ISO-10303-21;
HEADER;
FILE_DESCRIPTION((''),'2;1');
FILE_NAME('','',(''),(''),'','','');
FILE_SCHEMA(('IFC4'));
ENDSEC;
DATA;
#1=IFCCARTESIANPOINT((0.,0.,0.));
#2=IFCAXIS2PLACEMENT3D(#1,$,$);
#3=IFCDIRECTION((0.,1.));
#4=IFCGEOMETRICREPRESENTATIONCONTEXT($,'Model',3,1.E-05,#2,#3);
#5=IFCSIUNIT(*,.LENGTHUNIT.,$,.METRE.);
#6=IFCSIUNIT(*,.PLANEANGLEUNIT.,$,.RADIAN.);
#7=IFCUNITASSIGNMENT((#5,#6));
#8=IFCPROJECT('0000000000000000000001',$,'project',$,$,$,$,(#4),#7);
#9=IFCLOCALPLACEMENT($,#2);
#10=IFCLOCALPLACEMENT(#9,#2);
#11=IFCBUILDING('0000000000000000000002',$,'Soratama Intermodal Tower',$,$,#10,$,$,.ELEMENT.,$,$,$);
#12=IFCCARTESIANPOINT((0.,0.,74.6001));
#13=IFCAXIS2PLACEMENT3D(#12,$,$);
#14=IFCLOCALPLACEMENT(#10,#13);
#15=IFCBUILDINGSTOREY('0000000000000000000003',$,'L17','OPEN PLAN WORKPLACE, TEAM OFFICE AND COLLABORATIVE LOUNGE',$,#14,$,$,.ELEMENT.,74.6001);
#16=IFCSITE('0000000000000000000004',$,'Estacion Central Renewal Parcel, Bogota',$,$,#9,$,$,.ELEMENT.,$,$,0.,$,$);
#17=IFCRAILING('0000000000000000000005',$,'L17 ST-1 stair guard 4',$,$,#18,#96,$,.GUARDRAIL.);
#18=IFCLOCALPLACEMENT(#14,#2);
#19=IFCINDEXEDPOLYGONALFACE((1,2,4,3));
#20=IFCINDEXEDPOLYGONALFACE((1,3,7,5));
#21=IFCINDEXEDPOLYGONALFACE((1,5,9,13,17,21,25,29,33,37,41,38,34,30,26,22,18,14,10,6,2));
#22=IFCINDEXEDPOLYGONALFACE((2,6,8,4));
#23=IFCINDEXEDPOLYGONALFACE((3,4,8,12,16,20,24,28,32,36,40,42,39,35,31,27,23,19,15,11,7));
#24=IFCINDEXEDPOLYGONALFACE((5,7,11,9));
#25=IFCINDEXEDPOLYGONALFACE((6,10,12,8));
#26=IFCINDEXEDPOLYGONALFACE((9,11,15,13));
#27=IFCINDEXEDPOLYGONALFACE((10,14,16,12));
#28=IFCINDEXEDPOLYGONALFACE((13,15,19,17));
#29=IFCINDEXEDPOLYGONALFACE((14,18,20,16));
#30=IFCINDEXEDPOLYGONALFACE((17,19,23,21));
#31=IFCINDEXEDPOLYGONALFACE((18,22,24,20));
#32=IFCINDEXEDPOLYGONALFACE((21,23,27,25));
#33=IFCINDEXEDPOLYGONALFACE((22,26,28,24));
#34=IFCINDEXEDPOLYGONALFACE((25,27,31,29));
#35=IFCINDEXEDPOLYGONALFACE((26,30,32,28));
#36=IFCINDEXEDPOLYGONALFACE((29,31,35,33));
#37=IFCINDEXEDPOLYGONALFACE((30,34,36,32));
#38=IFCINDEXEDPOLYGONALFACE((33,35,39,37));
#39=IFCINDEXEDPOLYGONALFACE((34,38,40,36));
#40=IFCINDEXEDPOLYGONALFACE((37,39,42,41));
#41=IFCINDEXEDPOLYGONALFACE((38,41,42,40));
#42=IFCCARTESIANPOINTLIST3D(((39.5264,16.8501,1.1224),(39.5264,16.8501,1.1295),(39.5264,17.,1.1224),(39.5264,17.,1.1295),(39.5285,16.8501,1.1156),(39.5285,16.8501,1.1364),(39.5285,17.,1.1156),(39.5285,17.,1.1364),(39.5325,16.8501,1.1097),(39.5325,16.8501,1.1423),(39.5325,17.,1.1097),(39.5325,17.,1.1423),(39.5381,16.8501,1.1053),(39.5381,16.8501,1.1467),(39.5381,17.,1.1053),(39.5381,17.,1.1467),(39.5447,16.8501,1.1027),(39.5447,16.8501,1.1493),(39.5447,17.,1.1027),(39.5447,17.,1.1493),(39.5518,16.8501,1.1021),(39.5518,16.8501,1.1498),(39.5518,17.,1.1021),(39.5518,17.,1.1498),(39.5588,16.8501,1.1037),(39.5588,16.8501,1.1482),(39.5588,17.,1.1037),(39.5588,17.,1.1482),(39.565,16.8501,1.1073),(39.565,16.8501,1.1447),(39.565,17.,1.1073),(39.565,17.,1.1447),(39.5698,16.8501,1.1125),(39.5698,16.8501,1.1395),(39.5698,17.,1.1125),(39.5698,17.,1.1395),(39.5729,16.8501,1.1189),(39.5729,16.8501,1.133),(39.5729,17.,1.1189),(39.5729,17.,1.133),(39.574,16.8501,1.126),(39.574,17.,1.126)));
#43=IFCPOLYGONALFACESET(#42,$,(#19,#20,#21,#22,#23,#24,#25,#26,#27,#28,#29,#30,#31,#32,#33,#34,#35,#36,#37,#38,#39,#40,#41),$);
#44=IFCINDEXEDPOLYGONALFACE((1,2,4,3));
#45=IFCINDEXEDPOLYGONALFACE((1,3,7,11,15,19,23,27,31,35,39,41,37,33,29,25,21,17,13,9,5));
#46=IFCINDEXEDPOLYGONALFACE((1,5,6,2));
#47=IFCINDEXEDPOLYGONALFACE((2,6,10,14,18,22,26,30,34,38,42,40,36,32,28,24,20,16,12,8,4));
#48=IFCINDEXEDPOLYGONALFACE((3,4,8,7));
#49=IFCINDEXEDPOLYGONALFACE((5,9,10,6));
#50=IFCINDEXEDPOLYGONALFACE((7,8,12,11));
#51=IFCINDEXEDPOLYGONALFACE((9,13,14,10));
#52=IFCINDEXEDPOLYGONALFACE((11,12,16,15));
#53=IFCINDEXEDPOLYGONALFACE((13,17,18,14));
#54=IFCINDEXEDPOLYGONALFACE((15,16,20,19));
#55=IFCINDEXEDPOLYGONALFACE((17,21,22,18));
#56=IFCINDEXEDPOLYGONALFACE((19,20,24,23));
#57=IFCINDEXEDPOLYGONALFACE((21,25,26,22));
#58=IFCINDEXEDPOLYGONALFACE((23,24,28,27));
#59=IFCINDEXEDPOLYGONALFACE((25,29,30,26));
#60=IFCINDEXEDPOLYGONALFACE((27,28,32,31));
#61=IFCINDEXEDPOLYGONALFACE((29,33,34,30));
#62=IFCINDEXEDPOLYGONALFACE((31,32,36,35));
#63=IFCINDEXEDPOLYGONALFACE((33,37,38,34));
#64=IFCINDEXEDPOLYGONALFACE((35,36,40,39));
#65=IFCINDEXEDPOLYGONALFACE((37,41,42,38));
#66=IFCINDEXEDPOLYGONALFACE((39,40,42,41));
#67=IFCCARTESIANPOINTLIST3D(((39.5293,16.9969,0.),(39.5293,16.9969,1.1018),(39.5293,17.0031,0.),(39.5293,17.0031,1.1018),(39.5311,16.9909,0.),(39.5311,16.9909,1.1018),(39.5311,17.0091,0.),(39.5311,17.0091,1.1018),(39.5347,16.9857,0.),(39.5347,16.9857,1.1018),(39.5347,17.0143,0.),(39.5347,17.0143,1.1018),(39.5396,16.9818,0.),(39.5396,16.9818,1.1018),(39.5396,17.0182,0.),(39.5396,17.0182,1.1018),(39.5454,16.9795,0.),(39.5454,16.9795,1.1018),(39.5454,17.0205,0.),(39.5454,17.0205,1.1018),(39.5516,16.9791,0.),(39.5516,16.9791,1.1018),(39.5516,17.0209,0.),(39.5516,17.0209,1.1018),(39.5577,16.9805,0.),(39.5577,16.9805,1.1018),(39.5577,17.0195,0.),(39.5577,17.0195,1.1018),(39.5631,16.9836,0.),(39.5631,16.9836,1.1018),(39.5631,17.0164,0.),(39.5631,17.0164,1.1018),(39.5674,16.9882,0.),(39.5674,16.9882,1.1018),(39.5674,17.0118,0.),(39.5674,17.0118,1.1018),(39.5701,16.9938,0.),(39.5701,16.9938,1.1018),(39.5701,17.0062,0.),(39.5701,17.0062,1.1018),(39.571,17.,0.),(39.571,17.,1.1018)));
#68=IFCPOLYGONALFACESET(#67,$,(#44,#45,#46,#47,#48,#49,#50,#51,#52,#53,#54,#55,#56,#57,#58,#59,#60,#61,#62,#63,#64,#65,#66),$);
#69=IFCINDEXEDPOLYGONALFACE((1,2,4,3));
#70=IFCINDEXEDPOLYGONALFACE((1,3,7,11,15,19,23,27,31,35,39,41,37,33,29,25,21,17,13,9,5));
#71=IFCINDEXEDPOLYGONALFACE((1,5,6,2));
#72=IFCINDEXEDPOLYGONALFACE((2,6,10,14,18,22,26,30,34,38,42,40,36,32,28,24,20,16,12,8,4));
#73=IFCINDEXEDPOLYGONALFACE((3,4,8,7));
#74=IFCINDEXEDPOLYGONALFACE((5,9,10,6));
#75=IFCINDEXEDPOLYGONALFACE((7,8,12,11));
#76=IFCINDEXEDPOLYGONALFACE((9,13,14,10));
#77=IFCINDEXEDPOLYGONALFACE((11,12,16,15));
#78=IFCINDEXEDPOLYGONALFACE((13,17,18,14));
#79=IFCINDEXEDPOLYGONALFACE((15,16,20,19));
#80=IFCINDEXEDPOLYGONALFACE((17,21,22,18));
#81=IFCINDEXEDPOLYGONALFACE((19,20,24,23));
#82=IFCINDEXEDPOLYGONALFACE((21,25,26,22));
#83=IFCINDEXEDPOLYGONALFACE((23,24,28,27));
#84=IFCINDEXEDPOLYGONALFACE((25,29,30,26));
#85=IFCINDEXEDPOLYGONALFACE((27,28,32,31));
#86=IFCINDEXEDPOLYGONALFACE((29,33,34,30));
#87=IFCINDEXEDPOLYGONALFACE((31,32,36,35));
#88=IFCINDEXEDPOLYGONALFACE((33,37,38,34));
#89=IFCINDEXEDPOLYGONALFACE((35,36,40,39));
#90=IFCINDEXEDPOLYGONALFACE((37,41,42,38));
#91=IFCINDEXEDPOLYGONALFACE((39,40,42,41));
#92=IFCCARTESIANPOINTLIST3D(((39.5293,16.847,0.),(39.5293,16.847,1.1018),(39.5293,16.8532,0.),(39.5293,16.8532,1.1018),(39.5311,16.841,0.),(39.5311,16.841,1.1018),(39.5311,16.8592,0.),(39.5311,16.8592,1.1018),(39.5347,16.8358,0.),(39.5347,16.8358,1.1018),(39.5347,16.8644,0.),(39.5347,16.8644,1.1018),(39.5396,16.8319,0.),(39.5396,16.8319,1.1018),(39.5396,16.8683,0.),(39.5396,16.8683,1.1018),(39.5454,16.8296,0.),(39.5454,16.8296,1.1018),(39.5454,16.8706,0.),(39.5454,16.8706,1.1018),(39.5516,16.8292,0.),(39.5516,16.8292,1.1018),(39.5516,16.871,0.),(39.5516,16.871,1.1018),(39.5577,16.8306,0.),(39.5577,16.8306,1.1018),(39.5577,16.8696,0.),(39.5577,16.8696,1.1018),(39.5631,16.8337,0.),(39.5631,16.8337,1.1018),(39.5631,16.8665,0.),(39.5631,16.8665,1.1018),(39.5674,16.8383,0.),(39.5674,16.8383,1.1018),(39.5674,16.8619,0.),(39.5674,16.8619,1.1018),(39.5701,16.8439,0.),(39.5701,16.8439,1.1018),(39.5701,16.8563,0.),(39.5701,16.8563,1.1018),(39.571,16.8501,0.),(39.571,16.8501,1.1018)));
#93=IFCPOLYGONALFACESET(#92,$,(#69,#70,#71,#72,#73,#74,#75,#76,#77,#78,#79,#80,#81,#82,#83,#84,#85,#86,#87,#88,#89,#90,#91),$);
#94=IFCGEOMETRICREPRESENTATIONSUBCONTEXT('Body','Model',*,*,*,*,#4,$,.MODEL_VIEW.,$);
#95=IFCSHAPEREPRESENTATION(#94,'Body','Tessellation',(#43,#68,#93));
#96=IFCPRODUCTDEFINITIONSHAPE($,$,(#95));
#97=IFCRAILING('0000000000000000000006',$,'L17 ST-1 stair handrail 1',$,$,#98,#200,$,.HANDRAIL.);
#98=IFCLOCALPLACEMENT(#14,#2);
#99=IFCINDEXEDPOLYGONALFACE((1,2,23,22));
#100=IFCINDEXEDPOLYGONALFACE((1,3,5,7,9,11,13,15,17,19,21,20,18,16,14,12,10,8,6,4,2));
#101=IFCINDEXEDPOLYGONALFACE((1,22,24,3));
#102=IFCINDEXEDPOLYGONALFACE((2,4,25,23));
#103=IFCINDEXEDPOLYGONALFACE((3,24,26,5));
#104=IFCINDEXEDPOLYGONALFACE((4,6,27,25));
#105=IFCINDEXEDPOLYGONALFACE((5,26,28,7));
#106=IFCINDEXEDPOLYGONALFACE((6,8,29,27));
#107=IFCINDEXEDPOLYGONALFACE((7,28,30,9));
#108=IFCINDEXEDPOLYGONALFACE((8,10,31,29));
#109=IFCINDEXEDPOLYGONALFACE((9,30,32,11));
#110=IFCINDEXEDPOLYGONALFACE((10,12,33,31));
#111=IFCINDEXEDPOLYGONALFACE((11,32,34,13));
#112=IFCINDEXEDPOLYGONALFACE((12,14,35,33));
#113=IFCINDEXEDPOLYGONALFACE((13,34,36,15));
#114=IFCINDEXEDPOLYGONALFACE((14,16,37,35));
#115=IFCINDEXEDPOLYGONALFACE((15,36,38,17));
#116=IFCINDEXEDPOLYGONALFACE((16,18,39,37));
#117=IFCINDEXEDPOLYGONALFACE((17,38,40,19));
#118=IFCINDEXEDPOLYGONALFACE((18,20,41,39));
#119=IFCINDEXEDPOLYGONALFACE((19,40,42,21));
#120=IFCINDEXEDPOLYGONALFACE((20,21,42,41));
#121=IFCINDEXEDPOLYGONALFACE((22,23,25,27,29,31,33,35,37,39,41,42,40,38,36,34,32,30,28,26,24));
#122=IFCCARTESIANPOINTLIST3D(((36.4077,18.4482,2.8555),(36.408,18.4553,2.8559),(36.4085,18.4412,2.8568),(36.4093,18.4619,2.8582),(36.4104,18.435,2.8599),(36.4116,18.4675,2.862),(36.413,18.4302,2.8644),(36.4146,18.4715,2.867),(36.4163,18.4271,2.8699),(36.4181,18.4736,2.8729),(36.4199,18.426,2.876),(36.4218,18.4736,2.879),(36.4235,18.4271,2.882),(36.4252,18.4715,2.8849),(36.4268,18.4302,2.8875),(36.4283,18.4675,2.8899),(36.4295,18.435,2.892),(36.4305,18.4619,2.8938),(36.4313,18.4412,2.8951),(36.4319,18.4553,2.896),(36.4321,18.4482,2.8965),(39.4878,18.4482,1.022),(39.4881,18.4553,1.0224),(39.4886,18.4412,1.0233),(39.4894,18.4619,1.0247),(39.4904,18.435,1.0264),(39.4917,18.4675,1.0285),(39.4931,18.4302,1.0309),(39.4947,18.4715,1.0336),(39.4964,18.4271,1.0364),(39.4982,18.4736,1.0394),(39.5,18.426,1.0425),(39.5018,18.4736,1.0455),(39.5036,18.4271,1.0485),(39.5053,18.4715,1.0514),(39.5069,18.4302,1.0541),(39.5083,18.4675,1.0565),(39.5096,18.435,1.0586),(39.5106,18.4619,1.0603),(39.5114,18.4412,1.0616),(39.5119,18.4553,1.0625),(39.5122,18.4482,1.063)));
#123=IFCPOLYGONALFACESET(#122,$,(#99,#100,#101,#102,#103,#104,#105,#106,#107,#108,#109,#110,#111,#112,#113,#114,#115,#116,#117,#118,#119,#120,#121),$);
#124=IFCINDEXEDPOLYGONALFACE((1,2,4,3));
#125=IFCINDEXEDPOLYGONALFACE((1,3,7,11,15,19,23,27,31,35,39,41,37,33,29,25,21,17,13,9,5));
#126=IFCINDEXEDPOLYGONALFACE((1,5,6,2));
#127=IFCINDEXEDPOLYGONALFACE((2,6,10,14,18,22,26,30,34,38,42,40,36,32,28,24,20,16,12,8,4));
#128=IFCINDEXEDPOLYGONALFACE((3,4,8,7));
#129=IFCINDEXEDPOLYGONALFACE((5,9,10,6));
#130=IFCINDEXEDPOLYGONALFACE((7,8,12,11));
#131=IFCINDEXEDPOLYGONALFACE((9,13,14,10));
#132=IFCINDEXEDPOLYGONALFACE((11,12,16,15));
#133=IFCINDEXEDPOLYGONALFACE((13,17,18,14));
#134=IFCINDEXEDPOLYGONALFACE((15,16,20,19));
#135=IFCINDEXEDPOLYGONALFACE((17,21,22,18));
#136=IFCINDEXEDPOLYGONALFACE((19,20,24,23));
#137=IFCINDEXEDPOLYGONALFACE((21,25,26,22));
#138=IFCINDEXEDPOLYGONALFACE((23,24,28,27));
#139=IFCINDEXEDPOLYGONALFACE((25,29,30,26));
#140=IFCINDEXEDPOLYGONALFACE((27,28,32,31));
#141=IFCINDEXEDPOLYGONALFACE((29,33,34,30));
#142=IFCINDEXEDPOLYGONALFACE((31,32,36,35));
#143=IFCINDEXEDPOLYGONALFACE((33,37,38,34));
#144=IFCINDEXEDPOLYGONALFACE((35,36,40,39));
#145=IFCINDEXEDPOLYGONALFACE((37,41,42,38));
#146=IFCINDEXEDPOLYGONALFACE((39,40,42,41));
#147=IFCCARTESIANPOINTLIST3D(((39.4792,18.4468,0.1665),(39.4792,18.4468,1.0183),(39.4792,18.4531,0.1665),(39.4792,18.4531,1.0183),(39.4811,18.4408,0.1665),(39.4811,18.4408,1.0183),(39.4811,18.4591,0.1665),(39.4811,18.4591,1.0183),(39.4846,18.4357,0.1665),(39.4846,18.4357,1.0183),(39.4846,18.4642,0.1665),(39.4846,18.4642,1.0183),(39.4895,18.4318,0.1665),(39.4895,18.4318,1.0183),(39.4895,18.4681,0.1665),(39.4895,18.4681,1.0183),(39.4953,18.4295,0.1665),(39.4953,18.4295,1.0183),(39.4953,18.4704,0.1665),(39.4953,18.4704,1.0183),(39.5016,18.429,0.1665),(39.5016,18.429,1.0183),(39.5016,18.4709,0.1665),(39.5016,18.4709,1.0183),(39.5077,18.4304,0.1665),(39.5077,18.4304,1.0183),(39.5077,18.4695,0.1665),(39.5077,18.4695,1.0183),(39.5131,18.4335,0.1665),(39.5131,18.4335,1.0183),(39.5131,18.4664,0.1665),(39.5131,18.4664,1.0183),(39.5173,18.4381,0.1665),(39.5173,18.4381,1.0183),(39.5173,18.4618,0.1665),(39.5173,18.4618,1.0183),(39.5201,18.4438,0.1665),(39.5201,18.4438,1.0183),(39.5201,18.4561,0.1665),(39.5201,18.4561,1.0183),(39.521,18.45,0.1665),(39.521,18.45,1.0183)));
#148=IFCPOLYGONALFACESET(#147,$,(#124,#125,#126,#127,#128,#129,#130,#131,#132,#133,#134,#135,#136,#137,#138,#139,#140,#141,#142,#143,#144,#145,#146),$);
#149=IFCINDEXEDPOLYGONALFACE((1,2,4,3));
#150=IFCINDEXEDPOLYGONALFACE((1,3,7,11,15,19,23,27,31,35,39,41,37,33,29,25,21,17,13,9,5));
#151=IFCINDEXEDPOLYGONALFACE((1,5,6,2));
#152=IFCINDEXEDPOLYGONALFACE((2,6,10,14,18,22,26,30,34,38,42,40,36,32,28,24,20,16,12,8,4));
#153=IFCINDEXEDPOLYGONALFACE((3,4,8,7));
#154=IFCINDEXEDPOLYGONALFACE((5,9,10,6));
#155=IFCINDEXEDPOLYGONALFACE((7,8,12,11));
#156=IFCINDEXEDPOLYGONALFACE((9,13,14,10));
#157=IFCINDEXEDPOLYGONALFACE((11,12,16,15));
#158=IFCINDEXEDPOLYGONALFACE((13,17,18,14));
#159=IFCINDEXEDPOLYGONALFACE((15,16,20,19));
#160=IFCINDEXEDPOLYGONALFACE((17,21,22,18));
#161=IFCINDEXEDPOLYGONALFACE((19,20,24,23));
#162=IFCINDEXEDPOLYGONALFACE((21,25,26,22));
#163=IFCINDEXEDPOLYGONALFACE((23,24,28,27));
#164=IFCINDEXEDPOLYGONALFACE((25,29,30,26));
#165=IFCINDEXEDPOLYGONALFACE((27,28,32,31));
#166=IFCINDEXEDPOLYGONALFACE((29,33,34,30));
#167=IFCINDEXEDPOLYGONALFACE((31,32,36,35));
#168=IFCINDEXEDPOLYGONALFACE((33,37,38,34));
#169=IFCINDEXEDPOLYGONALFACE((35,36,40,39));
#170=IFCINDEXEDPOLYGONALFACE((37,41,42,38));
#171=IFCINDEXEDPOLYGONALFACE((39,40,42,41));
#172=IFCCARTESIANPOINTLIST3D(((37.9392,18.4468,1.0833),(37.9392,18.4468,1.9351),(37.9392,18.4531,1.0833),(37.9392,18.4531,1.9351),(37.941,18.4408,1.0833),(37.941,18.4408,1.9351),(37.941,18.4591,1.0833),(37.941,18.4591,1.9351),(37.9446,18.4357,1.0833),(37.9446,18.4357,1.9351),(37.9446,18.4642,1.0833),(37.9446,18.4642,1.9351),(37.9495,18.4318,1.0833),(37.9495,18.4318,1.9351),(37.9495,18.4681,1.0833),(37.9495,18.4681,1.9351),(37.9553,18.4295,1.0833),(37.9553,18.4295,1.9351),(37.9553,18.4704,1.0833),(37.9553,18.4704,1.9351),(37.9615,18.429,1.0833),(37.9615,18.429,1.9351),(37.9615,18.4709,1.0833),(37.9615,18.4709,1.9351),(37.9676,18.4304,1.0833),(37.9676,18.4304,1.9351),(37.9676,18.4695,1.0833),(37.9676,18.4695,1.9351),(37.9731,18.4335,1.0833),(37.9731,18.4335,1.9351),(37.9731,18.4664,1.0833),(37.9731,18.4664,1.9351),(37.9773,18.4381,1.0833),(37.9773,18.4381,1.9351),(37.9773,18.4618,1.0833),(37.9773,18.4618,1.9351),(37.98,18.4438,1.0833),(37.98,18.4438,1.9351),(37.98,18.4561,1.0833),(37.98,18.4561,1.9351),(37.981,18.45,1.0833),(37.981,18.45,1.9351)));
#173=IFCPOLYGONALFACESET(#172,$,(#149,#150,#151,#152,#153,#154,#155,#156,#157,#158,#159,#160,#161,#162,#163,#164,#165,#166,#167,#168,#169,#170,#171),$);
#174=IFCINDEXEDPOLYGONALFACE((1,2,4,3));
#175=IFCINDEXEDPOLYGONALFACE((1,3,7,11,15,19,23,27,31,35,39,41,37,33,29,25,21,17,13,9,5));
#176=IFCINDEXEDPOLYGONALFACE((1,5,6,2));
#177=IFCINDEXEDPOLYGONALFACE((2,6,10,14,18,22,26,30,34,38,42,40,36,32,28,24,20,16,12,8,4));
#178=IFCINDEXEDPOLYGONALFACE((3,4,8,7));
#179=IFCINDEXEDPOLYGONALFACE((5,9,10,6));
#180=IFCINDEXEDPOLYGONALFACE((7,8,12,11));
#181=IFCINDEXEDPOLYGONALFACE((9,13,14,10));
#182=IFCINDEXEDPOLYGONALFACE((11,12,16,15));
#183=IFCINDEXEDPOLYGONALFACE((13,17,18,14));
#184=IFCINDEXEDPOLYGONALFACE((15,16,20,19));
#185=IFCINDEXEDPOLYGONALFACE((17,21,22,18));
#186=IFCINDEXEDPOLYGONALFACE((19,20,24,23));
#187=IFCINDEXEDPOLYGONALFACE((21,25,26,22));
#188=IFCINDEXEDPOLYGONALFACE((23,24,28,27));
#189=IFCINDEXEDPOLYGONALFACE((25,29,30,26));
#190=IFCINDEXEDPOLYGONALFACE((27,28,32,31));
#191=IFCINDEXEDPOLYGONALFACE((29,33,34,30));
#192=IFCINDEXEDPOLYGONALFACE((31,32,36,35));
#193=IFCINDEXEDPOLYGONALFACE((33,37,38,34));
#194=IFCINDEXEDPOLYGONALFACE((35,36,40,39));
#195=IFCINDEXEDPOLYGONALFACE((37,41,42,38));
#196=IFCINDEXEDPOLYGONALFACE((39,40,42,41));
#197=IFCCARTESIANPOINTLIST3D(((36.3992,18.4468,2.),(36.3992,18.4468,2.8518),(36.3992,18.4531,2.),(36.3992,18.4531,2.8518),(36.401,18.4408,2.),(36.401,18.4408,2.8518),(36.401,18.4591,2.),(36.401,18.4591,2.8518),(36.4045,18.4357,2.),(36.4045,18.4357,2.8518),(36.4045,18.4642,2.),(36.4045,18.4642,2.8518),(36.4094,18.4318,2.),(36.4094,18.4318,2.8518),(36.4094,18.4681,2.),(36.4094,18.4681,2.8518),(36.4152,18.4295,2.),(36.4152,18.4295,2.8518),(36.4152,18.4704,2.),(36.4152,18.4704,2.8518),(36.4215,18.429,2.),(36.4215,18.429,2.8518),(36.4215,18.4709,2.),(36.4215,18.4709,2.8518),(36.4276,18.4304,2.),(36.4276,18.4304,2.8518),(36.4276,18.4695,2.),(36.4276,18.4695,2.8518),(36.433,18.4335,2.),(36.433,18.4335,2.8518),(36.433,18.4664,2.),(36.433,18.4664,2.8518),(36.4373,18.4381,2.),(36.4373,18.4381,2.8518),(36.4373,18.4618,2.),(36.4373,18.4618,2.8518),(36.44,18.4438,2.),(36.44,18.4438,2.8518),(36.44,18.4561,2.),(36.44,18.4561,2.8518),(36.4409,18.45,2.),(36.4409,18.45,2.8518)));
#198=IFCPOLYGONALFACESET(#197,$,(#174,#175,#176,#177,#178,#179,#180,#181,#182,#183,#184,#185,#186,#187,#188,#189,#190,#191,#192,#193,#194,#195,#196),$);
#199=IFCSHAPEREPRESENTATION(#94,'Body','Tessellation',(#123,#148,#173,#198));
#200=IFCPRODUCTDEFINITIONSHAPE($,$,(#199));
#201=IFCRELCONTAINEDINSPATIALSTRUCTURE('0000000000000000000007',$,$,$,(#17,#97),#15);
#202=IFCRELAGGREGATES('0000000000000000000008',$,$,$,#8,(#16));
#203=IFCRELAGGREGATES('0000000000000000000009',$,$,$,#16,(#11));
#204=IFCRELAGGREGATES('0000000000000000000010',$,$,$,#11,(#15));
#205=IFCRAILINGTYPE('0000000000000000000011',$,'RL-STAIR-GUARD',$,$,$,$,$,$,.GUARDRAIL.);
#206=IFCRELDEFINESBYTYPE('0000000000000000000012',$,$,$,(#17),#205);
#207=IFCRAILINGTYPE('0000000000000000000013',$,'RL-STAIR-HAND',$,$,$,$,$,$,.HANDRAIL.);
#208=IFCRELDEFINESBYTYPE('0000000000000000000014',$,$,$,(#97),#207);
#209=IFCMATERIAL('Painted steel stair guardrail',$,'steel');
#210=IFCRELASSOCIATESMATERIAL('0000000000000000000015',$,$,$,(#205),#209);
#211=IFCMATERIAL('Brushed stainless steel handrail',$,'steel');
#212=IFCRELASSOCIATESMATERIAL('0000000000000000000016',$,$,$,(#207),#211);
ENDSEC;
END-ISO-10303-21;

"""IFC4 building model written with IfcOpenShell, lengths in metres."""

from ifc_helpers import new_model, si_unit, direction, frame, origin, origin_2d, place, context, subcontext, project, spatial, circle, extrude, material, type_object, element, save


model = new_model("IFC4")

# Units and contexts
model_context = context("Model", 3, precision=1e-05, world=origin(), true_north=direction((0.0, 1.0)))
body_context = subcontext(model_context, "Body", "Model", "MODEL_VIEW")
ifc_project = project(units=[si_unit("LENGTHUNIT", "METRE"), si_unit("PLANEANGLEUNIT", "RADIAN")], contexts=[model_context])

# Site, building, storey
site_placement = place(None, origin())
site = spatial("IfcSite", under=ifc_project, at=site_placement, Name="Estacion Central Renewal Parcel, Bogota", CompositionType="ELEMENT", RefElevation=0.0)
building_placement = place(site_placement, origin())
building = spatial("IfcBuilding", under=site, at=building_placement, Name="Soratama Intermodal Tower", CompositionType="ELEMENT")
storey_placement = place(building_placement, frame((0.0, 0.0, 74.6001)))
storey = spatial("IfcBuildingStorey", under=building, at=storey_placement, Name="L17", Description="OPEN PLAN WORKPLACE, TEAM OFFICE AND COLLABORATIVE LOUNGE", CompositionType="ELEMENT", Elevation=74.6001)

# Railings
ifc_material_1 = material(Name="Painted steel stair guardrail", Category="steel")
railing_type_1 = type_object("IfcRailingType", Name="RL-STAIR-GUARD", PredefinedType="GUARDRAIL", material=ifc_material_1)
railing_1_placement = place(storey_placement, frame((39.55, 17.0, 0.0)))
element("IfcRailing", 1, at=railing_1_placement, inside=storey, type_object=railing_type_1, Name="L17 ST-1 stair guard 4", PredefinedType="GUARDRAIL", context=body_context, shape_type="SweptSolid", body=[
    extrude(circle(Radius=0.0239, at=origin_2d()), frame((0.0, 0.0, 1.126), z_axis=(0.0, -1.0, 0.0), x_axis=(1.0, 0.0, 0.0)), (0.0, 0.0, 1.0), 0.1499),
    extrude(circle(Radius=0.021, at=origin_2d()), origin(), (0.0, 0.0, 1.0), 1.1018),
    extrude(circle(Radius=0.021, at=origin_2d()), frame((0.0, -0.1499, 0.0)), (0.0, 0.0, 1.0), 1.1018),
])
ifc_material_2 = material(Name="Brushed stainless steel handrail", Category="steel")
railing_type_2 = type_object("IfcRailingType", Name="RL-STAIR-HAND", PredefinedType="HANDRAIL", material=ifc_material_2)
railing_2_placement = place(storey_placement, frame((39.5, 18.45, 0.1665)))
element("IfcRailing", 2, at=railing_2_placement, inside=storey, type_object=railing_type_2, Name="L17 ST-1 stair handrail 1", PredefinedType="HANDRAIL", context=body_context, shape_type="SweptSolid", body=[
    extrude(circle(Radius=0.0239, at=origin_2d()), frame((0.0, 0.0, 0.876), z_axis=(-0.859279, 0.0, 0.511508), x_axis=(0.0, -1.0, 0.0)), (0.0, 0.0, 1.0), 3.5845),
    extrude(circle(Radius=0.021, at=origin_2d()), origin(), (0.0, 0.0, 1.0), 0.8518),
    extrude(circle(Radius=0.021, at=origin_2d()), frame((-1.54, 0.0, 0.9167)), (0.0, 0.0, 1.0), 0.8518),
    extrude(circle(Radius=0.021, at=origin_2d()), frame((-3.0801, 0.0, 1.8335)), (0.0, 0.0, 1.0), 0.8518),
])

save(model, "model.ifc")
